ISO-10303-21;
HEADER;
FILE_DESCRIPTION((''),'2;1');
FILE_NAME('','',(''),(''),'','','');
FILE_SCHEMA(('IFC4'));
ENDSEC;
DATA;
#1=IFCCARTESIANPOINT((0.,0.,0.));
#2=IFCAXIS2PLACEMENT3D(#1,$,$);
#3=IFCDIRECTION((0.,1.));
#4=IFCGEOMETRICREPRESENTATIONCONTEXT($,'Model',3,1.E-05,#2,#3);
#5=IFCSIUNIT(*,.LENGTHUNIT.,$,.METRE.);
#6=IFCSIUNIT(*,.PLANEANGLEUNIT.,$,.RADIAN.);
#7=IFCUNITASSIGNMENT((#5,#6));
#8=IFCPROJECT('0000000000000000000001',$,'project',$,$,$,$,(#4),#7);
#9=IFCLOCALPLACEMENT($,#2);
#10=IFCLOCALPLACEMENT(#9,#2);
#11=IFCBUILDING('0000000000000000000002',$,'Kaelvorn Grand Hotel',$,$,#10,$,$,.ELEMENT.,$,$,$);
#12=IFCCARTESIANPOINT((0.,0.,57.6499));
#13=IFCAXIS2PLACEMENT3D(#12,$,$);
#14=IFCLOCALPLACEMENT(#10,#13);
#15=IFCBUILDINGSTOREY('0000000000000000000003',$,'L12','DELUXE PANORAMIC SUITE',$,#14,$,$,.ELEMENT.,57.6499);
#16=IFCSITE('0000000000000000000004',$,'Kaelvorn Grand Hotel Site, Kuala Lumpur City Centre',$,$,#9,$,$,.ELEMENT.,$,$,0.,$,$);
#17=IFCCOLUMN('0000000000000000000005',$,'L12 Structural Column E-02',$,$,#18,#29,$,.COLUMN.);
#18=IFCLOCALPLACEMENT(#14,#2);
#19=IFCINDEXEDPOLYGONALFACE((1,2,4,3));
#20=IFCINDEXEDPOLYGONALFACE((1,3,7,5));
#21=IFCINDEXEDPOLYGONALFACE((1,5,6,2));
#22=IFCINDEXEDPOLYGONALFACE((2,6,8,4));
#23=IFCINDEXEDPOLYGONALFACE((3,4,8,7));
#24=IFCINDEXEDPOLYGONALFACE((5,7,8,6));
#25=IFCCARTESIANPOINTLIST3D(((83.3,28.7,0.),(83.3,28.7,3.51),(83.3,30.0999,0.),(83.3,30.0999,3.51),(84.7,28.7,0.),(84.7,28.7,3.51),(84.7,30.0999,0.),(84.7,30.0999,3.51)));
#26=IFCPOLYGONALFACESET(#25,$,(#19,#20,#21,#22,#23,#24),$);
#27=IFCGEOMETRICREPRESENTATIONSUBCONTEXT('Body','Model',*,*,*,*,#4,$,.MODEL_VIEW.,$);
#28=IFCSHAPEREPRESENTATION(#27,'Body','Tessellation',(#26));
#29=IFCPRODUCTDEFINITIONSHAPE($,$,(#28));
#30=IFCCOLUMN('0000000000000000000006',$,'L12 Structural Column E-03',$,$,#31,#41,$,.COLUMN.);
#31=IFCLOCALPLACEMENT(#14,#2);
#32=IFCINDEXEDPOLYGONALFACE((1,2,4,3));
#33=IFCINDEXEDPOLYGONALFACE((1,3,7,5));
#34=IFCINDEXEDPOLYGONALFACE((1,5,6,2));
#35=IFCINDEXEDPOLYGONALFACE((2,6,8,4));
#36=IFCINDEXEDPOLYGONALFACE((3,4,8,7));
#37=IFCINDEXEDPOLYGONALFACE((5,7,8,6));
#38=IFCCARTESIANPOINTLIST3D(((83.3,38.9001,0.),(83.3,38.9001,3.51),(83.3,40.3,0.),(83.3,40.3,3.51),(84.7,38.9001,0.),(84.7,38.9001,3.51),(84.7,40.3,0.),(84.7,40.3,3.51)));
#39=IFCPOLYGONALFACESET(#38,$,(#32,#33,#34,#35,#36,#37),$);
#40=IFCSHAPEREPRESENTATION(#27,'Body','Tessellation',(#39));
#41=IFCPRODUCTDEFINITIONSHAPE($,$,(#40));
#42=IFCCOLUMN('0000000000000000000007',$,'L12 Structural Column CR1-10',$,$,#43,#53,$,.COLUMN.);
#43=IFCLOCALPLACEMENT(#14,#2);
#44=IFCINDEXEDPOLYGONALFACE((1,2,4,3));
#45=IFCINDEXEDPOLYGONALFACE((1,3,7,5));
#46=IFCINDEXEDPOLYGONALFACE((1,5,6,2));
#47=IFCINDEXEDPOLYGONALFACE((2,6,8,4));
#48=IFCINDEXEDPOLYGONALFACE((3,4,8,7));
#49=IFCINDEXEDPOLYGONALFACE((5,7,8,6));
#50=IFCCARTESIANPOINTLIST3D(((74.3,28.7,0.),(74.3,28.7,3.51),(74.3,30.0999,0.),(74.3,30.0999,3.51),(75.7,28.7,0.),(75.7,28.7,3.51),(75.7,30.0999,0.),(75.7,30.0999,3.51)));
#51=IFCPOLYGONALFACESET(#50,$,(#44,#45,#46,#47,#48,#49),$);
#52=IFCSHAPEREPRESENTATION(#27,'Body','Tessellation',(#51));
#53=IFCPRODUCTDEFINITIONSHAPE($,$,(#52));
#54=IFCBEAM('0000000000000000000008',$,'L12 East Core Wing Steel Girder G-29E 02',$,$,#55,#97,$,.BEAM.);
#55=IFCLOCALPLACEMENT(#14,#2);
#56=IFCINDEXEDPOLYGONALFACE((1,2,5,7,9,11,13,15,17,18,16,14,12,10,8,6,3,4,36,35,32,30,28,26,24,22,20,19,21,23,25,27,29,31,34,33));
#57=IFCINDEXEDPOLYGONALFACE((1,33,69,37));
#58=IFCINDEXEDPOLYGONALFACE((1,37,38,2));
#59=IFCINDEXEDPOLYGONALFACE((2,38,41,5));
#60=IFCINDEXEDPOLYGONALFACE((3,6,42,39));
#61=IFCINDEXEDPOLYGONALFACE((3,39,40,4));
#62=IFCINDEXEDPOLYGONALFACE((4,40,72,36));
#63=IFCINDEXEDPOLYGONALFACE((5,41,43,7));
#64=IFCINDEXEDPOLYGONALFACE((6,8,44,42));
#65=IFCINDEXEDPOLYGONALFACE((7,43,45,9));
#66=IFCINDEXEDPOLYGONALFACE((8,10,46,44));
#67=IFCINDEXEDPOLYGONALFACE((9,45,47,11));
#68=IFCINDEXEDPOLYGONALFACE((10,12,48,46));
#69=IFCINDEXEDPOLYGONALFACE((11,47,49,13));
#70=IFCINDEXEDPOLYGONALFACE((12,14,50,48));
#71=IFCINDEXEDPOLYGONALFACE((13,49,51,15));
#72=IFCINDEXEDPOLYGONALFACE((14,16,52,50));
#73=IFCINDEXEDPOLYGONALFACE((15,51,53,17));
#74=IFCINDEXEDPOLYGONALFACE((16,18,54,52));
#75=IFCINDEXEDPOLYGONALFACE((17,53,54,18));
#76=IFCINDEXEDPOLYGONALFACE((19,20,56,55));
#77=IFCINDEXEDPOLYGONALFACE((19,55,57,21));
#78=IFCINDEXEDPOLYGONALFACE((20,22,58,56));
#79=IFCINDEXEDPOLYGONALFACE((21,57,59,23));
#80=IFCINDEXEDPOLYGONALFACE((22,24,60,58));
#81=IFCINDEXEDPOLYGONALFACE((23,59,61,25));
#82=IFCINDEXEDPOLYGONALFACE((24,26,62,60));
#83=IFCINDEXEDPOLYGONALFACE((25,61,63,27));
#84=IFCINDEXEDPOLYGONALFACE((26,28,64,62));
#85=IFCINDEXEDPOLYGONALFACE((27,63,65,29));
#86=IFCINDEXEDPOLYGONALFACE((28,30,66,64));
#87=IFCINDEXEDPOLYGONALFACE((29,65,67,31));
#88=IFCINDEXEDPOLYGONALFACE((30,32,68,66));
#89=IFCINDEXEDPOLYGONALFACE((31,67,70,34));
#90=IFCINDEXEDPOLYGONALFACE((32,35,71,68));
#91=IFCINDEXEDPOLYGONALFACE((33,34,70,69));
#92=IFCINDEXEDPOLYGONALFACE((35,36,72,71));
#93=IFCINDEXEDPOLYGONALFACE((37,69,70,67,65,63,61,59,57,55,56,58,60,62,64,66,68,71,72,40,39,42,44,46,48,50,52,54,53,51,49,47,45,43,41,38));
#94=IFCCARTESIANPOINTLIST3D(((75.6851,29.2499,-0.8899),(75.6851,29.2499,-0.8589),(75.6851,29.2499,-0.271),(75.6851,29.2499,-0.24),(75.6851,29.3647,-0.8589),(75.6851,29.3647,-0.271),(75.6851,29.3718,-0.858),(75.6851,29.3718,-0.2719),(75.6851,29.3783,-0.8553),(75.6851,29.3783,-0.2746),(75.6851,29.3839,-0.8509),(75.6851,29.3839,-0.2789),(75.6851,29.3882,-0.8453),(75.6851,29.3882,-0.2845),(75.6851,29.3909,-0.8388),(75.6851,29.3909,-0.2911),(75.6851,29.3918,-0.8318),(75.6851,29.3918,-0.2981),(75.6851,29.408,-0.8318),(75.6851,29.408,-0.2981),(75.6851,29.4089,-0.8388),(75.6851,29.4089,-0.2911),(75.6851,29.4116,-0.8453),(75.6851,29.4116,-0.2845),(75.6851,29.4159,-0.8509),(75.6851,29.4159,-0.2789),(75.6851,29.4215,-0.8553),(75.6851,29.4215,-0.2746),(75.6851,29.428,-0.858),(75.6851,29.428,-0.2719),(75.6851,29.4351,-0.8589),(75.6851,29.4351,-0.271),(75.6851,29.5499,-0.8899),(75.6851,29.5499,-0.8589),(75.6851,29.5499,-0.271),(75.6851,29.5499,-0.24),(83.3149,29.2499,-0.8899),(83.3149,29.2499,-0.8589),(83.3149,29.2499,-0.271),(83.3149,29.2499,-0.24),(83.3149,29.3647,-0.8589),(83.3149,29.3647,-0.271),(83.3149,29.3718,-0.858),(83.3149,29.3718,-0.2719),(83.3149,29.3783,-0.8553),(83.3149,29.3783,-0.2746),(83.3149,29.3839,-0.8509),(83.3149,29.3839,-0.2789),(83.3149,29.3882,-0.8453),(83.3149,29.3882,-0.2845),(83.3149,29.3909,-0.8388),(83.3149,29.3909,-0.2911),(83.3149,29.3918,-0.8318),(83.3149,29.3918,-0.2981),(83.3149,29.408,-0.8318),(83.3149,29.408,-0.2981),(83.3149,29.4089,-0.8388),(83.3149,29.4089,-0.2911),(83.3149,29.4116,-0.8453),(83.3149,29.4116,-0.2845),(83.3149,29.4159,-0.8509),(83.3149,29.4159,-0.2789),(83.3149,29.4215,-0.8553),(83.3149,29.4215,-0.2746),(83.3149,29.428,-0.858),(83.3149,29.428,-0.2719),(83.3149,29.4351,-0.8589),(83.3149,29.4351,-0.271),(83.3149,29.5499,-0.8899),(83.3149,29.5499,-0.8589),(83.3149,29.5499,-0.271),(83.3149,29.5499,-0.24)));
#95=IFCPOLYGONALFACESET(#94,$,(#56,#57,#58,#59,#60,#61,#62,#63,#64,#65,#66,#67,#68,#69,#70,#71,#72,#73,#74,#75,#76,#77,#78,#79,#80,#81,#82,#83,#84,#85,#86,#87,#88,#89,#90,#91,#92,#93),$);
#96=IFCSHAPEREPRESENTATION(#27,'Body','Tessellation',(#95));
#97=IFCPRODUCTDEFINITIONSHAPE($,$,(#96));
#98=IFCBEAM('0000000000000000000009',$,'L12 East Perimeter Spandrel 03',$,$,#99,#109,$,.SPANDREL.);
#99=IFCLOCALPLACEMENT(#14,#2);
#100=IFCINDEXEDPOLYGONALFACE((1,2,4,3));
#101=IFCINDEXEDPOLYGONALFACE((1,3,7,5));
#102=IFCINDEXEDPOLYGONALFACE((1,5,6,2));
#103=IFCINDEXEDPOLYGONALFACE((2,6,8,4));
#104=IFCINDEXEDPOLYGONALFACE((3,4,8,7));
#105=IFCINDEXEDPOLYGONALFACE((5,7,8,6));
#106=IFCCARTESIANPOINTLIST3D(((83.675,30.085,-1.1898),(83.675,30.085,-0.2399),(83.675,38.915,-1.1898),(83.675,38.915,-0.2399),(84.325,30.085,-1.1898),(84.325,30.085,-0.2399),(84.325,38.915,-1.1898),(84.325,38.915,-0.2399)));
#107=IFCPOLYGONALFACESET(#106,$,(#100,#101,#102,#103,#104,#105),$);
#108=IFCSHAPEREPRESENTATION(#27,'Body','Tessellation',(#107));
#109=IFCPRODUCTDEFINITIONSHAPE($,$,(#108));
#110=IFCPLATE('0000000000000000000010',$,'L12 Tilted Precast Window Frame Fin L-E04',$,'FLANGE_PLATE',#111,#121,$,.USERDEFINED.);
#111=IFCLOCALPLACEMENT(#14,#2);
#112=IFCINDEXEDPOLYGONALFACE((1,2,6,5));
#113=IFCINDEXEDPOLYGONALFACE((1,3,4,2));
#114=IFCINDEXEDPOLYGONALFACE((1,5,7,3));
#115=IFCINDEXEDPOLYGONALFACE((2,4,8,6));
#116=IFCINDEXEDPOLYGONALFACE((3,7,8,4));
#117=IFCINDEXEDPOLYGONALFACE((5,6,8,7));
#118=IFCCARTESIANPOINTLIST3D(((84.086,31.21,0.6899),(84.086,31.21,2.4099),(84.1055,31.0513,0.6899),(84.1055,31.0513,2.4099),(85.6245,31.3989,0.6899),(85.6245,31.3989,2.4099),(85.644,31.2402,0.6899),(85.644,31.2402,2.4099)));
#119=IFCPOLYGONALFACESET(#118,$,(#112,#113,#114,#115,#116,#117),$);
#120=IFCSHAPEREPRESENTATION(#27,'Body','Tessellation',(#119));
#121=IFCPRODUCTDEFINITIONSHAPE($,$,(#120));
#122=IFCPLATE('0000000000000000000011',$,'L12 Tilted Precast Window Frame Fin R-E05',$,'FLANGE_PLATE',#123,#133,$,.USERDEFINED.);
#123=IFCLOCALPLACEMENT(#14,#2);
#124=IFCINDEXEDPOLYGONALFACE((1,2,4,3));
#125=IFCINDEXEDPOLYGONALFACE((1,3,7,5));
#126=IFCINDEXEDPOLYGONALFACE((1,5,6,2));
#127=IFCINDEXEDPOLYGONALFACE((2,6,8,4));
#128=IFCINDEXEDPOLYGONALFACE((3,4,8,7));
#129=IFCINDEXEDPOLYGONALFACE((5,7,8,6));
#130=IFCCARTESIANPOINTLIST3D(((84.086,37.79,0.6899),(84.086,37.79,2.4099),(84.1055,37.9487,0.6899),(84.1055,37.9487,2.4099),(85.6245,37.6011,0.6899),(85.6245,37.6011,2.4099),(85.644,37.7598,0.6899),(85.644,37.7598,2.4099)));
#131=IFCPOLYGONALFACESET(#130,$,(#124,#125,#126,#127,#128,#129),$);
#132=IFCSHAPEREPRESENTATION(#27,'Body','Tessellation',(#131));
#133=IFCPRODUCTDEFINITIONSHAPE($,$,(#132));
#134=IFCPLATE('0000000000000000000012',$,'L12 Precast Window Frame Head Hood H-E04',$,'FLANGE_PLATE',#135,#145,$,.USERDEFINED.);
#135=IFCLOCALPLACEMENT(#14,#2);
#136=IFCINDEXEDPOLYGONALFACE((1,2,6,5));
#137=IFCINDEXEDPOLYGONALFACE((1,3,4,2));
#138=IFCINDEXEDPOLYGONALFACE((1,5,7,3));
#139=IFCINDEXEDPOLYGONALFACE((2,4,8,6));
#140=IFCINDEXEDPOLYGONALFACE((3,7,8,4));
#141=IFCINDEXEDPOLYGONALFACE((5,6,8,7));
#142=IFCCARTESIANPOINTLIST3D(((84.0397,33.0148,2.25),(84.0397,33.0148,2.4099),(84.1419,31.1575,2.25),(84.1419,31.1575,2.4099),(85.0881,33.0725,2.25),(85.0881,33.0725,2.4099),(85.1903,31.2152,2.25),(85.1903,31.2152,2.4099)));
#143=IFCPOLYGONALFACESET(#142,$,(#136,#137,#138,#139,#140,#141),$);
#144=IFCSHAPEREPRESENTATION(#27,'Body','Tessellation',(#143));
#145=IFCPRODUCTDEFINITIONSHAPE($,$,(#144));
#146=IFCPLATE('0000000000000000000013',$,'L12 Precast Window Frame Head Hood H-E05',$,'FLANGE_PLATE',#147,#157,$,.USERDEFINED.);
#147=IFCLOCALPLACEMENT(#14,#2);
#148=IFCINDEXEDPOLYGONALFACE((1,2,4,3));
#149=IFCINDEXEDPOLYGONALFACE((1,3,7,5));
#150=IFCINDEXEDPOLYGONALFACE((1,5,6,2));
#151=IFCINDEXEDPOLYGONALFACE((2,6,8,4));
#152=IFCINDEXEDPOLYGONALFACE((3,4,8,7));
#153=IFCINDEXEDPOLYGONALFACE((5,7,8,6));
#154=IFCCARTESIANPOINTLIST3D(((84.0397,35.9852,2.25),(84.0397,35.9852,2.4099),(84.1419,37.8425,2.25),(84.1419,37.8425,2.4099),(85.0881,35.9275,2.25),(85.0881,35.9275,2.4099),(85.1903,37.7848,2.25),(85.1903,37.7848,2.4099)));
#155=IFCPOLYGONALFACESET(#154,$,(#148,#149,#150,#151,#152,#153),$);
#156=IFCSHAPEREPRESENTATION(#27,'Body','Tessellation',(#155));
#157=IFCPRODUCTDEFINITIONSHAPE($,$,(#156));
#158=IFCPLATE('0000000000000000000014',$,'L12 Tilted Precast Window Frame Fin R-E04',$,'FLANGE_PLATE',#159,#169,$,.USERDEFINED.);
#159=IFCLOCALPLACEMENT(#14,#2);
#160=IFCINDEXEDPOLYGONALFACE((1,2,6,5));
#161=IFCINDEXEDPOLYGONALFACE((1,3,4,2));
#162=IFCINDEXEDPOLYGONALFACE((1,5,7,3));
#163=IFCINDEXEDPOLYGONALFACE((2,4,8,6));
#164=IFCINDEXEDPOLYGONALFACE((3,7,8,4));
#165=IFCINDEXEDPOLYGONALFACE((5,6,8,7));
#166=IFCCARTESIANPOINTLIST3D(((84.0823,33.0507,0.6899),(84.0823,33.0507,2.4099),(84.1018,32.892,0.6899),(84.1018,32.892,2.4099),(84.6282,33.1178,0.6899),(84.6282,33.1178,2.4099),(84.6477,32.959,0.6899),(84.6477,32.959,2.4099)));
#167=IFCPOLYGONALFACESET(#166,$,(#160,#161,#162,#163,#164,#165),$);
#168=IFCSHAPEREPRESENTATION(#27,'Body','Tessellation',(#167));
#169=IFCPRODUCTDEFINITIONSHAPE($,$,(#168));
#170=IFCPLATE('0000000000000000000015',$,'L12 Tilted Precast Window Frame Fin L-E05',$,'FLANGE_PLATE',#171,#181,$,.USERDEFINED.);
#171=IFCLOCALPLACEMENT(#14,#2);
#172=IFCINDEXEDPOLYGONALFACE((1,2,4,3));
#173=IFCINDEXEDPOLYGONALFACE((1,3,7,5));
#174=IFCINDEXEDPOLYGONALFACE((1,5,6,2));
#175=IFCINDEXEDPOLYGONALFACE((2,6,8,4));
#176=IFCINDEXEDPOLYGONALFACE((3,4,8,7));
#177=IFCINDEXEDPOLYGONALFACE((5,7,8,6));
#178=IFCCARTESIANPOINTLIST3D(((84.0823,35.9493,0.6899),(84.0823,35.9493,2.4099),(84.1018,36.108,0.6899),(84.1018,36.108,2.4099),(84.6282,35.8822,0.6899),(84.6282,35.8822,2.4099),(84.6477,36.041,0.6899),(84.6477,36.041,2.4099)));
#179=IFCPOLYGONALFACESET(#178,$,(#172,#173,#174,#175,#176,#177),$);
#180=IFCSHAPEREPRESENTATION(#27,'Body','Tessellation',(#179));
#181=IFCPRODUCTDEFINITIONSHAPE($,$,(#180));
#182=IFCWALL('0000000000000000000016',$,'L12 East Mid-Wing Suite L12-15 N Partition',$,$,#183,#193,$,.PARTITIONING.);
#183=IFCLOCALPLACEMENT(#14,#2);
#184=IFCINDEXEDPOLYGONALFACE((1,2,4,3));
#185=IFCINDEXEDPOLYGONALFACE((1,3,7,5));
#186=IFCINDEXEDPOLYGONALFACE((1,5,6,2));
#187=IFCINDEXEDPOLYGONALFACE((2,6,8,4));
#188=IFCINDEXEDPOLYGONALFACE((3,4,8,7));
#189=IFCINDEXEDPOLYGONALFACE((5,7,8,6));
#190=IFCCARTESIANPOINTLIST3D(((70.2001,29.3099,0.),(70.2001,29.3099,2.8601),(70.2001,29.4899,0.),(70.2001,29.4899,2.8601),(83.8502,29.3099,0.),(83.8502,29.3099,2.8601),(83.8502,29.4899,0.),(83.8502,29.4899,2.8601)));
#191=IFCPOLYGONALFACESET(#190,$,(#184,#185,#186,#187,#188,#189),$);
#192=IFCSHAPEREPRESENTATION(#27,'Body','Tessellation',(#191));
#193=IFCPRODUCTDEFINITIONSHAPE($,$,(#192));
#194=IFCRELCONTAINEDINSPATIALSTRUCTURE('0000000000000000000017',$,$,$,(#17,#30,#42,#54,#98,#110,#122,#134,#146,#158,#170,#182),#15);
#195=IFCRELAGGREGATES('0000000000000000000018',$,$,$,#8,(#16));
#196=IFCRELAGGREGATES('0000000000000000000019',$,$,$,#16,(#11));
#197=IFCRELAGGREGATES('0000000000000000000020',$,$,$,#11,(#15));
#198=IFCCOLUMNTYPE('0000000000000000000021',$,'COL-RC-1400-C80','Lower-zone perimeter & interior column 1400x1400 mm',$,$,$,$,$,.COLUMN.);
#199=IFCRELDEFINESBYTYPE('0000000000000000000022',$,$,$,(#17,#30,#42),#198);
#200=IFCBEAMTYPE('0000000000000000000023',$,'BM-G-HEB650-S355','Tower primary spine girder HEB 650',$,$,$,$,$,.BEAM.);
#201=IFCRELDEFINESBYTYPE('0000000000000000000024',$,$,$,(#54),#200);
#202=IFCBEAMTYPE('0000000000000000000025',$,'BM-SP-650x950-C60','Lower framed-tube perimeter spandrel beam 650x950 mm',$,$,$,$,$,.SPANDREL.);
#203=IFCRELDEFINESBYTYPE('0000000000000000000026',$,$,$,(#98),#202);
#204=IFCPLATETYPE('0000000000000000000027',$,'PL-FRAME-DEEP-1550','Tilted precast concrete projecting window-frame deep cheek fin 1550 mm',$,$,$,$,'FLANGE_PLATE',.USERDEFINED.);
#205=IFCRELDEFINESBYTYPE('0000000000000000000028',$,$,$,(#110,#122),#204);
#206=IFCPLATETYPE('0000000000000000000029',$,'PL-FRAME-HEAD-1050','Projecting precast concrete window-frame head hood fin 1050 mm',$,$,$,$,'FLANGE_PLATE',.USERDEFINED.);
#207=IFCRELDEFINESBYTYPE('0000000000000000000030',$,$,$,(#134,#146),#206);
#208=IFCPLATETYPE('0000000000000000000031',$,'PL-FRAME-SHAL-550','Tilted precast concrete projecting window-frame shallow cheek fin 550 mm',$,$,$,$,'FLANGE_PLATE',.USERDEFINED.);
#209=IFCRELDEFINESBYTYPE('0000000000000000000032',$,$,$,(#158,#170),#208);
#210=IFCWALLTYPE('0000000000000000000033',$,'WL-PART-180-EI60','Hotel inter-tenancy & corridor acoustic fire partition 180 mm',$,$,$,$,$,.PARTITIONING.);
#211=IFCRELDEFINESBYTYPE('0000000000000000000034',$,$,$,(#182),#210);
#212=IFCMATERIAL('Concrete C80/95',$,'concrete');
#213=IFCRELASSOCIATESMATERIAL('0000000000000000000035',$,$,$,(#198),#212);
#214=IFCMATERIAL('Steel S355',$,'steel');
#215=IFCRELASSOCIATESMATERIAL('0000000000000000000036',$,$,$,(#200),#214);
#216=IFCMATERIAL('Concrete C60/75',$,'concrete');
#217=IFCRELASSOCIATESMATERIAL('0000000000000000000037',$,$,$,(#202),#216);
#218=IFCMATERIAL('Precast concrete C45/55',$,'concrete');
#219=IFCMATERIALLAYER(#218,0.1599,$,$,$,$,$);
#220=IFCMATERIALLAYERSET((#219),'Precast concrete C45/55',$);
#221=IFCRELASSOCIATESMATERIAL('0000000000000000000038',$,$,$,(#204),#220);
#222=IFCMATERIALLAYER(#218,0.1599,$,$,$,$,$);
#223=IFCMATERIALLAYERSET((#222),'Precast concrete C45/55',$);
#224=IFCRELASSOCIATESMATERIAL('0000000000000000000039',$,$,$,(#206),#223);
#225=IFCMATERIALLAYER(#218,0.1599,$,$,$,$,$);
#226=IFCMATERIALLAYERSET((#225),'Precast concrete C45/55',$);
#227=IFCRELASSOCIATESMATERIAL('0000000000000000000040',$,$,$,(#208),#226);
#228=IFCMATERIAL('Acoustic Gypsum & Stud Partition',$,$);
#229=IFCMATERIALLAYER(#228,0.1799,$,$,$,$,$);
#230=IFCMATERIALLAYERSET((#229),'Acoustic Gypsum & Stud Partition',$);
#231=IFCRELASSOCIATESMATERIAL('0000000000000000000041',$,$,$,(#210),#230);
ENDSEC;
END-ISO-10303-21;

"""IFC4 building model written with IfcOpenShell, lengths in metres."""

from ifc_helpers import new_model, si_unit, direction, frame, frame_2d, origin, origin_2d, place, context, subcontext, project, spatial, rectangle, i_section, extrude, material, layer, layer_set, material_profile, profile_set, type_object, element, save


model = new_model("IFC4")

# Units and contexts
model_context = context("Model", 3, precision=1e-05, world=origin(), true_north=direction((0.0, 1.0)))
body_context = subcontext(model_context, "Body", "Model", "MODEL_VIEW")
ifc_project = project(units=[si_unit("LENGTHUNIT", "METRE"), si_unit("PLANEANGLEUNIT", "RADIAN")], contexts=[model_context])

# Site, building, storey
site_placement = place(None, origin())
site = spatial("IfcSite", under=ifc_project, at=site_placement, Name="Kaelvorn Grand Hotel Site, Kuala Lumpur City Centre", CompositionType="ELEMENT", RefElevation=0.0)
building_placement = place(site_placement, origin())
building = spatial("IfcBuilding", under=site, at=building_placement, Name="Kaelvorn Grand Hotel", CompositionType="ELEMENT")
storey_placement = place(building_placement, frame((0.0, 0.0, 57.6499)))
storey = spatial("IfcBuildingStorey", under=building, at=storey_placement, Name="L12", Description="DELUXE PANORAMIC SUITE", CompositionType="ELEMENT", Elevation=57.6499)

# Columns
ifc_material_1 = material(Name="Concrete C80/95", Category="concrete")
ifc_material_profile_1 = material_profile(ifc_material_1, rectangle(XDim=1.3999, YDim=1.3999, at=origin_2d()), Name="RC COL 1400x1400")
ifc_profile_set_1 = profile_set([ifc_material_profile_1], Name="Concrete C80/95")
column_type = type_object("IfcColumnType", Name="COL-RC-1400-C80", Description="Lower-zone perimeter & interior column 1400x1400 mm", PredefinedType="COLUMN", material=ifc_profile_set_1)
for number, where, z_axis, x_axis, name in (
    (1, (84.0, 29.3999, 0.0), (0.0, 0.0, 1.0), (1.0, 0.0, 0.0), "L12 Structural Column E-02"),
    (2, (84.0, 39.6001, 0.0), (0.0, 0.0, 1.0), (1.0, 0.0, 0.0), "L12 Structural Column E-03"),
    (3, (75.0, 29.3999, 0.0), (0.0, 0.0, 1.0), (1.0, 0.0, 0.0), "L12 Structural Column CR1-10"),
):
    element("IfcColumn", number, at=place(storey_placement, frame(where, z_axis=z_axis, x_axis=x_axis)), inside=storey, type_object=column_type, Name=name, PredefinedType="COLUMN", context=body_context, shape_type="SweptSolid", body=[
        extrude(rectangle(XDim=1.3999, YDim=1.3999, at=origin_2d()), origin(), (0.0, 0.0, 1.0), 3.51),
    ])

# Beams
ifc_material_2 = material(Name="Steel S355", Category="steel")
ifc_material_profile_2 = material_profile(ifc_material_2, i_section(OverallWidth=0.3, OverallDepth=0.6499, WebThickness=0.0161, FlangeThickness=0.031, FilletRadius=0.0271, at=origin_2d()), Name="HEB 650")
ifc_profile_set_2 = profile_set([ifc_material_profile_2], Name="Steel S355")
beam_type_1 = type_object("IfcBeamType", Name="BM-G-HEB650-S355", Description="Tower primary spine girder HEB 650", PredefinedType="BEAM", material=ifc_profile_set_2)
beam_1_placement = place(storey_placement, frame((75.6851, 29.3999, -0.5649), z_axis=(1.0, 0.0, 0.0), x_axis=(0.0, 1.0, 0.0)))
element("IfcBeam", 4, at=beam_1_placement, inside=storey, type_object=beam_type_1, Name="L12 East Core Wing Steel Girder G-29E 02", PredefinedType="BEAM", context=body_context, shape_type="SweptSolid", body=[
    extrude(i_section(OverallWidth=0.3, OverallDepth=0.6499, WebThickness=0.0161, FlangeThickness=0.031, FilletRadius=0.0271, at=origin_2d()), origin(), (0.0, 0.0, 1.0), 7.6299),
])
ifc_material_3 = material(Name="Concrete C60/75", Category="concrete")
ifc_material_profile_3 = material_profile(ifc_material_3, rectangle(XDim=0.6499, YDim=0.95, at=origin_2d()), Name="RC SPANDREL 650x950")
ifc_profile_set_3 = profile_set([ifc_material_profile_3], Name="Concrete C60/75")
beam_type_2 = type_object("IfcBeamType", Name="BM-SP-650x950-C60", Description="Lower framed-tube perimeter spandrel beam 650x950 mm", PredefinedType="SPANDREL", material=ifc_profile_set_3)
beam_2_placement = place(storey_placement, frame((84.0, 30.085, -0.7148), z_axis=(0.0, 1.0, 0.0), x_axis=(-1.0, 0.0, 0.0)))
element("IfcBeam", 5, at=beam_2_placement, inside=storey, type_object=beam_type_2, Name="L12 East Perimeter Spandrel 03", PredefinedType="SPANDREL", context=body_context, shape_type="SweptSolid", body=[
    extrude(rectangle(XDim=0.6499, YDim=0.95, at=origin_2d()), origin(), (0.0, 0.0, 1.0), 8.8301),
])

# Plates
ifc_material_4 = material(Name="Precast concrete C45/55", Category="concrete")
ifc_layer_1 = layer(ifc_material_4, 0.1599)
ifc_layer_set_1 = layer_set([ifc_layer_1], Name="Precast concrete C45/55")
plate_type_1 = type_object("IfcPlateType", Name="PL-FRAME-DEEP-1550", Description="Tilted precast concrete projecting window-frame deep cheek fin 1550 mm", ElementType="FLANGE_PLATE", PredefinedType="USERDEFINED", material=ifc_layer_set_1)
for number, where, z_axis, x_axis, name in (
    (6, (84.865, 31.2251, 0.6899), (0.0, 0.0, 1.0), (-0.121869, 0.992546, 0.0), "L12 Tilted Precast Window Frame Fin L-E04"),
    (7, (84.865, 37.7749, 0.6899), (0.0, 0.0, 1.0), (0.121869, 0.992546, 0.0), "L12 Tilted Precast Window Frame Fin R-E05"),
):
    element("IfcPlate", number, at=place(storey_placement, frame(where, z_axis=z_axis, x_axis=x_axis)), inside=storey, type_object=plate_type_1, Name=name, ObjectType="FLANGE_PLATE", PredefinedType="USERDEFINED", context=body_context, shape_type="SweptSolid", body=[
        extrude(rectangle(XDim=0.1599, YDim=1.55, at=origin_2d()), origin(), (0.0, 0.0, 1.0), 1.72),
    ])
ifc_layer_2 = layer(ifc_material_4, 0.1599)
ifc_layer_set_2 = layer_set([ifc_layer_2], Name="Precast concrete C45/55")
plate_type_2 = type_object("IfcPlateType", Name="PL-FRAME-HEAD-1050", Description="Projecting precast concrete window-frame head hood fin 1050 mm", ElementType="FLANGE_PLATE", PredefinedType="USERDEFINED", material=ifc_layer_set_2)
for number, where, z_axis, x_axis, name in (
    (8, (84.615, 32.115, 2.25), (0.0, 0.0, 1.0), (-0.05495, 0.998489, 0.0), "L12 Precast Window Frame Head Hood H-E04"),
    (9, (84.615, 36.885, 2.25), (0.0, 0.0, 1.0), (0.05495, 0.998489, 0.0), "L12 Precast Window Frame Head Hood H-E05"),
):
    element("IfcPlate", number, at=place(storey_placement, frame(where, z_axis=z_axis, x_axis=x_axis)), inside=storey, type_object=plate_type_2, Name=name, ObjectType="FLANGE_PLATE", PredefinedType="USERDEFINED", context=body_context, shape_type="SweptSolid", body=[
        extrude(rectangle(XDim=1.8601, YDim=1.05, at=origin_2d()), origin(), (0.0, 0.0, 1.0), 0.1599),
    ])
ifc_layer_3 = layer(ifc_material_4, 0.1599)
ifc_layer_set_3 = layer_set([ifc_layer_3], Name="Precast concrete C45/55")
plate_type_3 = type_object("IfcPlateType", Name="PL-FRAME-SHAL-550", Description="Tilted precast concrete projecting window-frame shallow cheek fin 550 mm", ElementType="FLANGE_PLATE", PredefinedType="USERDEFINED", material=ifc_layer_set_3)
for number, where, z_axis, x_axis, name in (
    (10, (84.365, 33.0049, 0.6899), (0.0, 0.0, 1.0), (-0.121869, 0.992546, 0.0), "L12 Tilted Precast Window Frame Fin R-E04"),
    (11, (84.365, 35.9951, 0.6899), (0.0, 0.0, 1.0), (0.121869, 0.992546, 0.0), "L12 Tilted Precast Window Frame Fin L-E05"),
):
    element("IfcPlate", number, at=place(storey_placement, frame(where, z_axis=z_axis, x_axis=x_axis)), inside=storey, type_object=plate_type_3, Name=name, ObjectType="FLANGE_PLATE", PredefinedType="USERDEFINED", context=body_context, shape_type="SweptSolid", body=[
        extrude(rectangle(XDim=0.1599, YDim=0.55, at=origin_2d()), origin(), (0.0, 0.0, 1.0), 1.72),
    ])

# Wall
ifc_material_5 = material(Name="Acoustic Gypsum & Stud Partition")
ifc_layer_4 = layer(ifc_material_5, 0.1799)
ifc_layer_set_4 = layer_set([ifc_layer_4], Name="Acoustic Gypsum & Stud Partition")
wall_type = type_object("IfcWallType", Name="WL-PART-180-EI60", Description="Hotel inter-tenancy & corridor acoustic fire partition 180 mm", PredefinedType="PARTITIONING", material=ifc_layer_set_4)
wall_1_placement = place(storey_placement, frame((70.2, 29.3999, 0.0), z_axis=(0.0, 0.0, 1.0), x_axis=(1.0, 0.0, 0.0)))
element("IfcWall", 12, at=wall_1_placement, inside=storey, type_object=wall_type, Name="L12 East Mid-Wing Suite L12-15 N Partition", PredefinedType="PARTITIONING", context=body_context, shape_type="SweptSolid", body=[
    extrude(rectangle(XDim=13.6501, YDim=0.1799, at=frame_2d((6.8252, 0.0))), origin(), (0.0, 0.0, 1.0), 2.8601),
])

save(model, "model.ifc")
